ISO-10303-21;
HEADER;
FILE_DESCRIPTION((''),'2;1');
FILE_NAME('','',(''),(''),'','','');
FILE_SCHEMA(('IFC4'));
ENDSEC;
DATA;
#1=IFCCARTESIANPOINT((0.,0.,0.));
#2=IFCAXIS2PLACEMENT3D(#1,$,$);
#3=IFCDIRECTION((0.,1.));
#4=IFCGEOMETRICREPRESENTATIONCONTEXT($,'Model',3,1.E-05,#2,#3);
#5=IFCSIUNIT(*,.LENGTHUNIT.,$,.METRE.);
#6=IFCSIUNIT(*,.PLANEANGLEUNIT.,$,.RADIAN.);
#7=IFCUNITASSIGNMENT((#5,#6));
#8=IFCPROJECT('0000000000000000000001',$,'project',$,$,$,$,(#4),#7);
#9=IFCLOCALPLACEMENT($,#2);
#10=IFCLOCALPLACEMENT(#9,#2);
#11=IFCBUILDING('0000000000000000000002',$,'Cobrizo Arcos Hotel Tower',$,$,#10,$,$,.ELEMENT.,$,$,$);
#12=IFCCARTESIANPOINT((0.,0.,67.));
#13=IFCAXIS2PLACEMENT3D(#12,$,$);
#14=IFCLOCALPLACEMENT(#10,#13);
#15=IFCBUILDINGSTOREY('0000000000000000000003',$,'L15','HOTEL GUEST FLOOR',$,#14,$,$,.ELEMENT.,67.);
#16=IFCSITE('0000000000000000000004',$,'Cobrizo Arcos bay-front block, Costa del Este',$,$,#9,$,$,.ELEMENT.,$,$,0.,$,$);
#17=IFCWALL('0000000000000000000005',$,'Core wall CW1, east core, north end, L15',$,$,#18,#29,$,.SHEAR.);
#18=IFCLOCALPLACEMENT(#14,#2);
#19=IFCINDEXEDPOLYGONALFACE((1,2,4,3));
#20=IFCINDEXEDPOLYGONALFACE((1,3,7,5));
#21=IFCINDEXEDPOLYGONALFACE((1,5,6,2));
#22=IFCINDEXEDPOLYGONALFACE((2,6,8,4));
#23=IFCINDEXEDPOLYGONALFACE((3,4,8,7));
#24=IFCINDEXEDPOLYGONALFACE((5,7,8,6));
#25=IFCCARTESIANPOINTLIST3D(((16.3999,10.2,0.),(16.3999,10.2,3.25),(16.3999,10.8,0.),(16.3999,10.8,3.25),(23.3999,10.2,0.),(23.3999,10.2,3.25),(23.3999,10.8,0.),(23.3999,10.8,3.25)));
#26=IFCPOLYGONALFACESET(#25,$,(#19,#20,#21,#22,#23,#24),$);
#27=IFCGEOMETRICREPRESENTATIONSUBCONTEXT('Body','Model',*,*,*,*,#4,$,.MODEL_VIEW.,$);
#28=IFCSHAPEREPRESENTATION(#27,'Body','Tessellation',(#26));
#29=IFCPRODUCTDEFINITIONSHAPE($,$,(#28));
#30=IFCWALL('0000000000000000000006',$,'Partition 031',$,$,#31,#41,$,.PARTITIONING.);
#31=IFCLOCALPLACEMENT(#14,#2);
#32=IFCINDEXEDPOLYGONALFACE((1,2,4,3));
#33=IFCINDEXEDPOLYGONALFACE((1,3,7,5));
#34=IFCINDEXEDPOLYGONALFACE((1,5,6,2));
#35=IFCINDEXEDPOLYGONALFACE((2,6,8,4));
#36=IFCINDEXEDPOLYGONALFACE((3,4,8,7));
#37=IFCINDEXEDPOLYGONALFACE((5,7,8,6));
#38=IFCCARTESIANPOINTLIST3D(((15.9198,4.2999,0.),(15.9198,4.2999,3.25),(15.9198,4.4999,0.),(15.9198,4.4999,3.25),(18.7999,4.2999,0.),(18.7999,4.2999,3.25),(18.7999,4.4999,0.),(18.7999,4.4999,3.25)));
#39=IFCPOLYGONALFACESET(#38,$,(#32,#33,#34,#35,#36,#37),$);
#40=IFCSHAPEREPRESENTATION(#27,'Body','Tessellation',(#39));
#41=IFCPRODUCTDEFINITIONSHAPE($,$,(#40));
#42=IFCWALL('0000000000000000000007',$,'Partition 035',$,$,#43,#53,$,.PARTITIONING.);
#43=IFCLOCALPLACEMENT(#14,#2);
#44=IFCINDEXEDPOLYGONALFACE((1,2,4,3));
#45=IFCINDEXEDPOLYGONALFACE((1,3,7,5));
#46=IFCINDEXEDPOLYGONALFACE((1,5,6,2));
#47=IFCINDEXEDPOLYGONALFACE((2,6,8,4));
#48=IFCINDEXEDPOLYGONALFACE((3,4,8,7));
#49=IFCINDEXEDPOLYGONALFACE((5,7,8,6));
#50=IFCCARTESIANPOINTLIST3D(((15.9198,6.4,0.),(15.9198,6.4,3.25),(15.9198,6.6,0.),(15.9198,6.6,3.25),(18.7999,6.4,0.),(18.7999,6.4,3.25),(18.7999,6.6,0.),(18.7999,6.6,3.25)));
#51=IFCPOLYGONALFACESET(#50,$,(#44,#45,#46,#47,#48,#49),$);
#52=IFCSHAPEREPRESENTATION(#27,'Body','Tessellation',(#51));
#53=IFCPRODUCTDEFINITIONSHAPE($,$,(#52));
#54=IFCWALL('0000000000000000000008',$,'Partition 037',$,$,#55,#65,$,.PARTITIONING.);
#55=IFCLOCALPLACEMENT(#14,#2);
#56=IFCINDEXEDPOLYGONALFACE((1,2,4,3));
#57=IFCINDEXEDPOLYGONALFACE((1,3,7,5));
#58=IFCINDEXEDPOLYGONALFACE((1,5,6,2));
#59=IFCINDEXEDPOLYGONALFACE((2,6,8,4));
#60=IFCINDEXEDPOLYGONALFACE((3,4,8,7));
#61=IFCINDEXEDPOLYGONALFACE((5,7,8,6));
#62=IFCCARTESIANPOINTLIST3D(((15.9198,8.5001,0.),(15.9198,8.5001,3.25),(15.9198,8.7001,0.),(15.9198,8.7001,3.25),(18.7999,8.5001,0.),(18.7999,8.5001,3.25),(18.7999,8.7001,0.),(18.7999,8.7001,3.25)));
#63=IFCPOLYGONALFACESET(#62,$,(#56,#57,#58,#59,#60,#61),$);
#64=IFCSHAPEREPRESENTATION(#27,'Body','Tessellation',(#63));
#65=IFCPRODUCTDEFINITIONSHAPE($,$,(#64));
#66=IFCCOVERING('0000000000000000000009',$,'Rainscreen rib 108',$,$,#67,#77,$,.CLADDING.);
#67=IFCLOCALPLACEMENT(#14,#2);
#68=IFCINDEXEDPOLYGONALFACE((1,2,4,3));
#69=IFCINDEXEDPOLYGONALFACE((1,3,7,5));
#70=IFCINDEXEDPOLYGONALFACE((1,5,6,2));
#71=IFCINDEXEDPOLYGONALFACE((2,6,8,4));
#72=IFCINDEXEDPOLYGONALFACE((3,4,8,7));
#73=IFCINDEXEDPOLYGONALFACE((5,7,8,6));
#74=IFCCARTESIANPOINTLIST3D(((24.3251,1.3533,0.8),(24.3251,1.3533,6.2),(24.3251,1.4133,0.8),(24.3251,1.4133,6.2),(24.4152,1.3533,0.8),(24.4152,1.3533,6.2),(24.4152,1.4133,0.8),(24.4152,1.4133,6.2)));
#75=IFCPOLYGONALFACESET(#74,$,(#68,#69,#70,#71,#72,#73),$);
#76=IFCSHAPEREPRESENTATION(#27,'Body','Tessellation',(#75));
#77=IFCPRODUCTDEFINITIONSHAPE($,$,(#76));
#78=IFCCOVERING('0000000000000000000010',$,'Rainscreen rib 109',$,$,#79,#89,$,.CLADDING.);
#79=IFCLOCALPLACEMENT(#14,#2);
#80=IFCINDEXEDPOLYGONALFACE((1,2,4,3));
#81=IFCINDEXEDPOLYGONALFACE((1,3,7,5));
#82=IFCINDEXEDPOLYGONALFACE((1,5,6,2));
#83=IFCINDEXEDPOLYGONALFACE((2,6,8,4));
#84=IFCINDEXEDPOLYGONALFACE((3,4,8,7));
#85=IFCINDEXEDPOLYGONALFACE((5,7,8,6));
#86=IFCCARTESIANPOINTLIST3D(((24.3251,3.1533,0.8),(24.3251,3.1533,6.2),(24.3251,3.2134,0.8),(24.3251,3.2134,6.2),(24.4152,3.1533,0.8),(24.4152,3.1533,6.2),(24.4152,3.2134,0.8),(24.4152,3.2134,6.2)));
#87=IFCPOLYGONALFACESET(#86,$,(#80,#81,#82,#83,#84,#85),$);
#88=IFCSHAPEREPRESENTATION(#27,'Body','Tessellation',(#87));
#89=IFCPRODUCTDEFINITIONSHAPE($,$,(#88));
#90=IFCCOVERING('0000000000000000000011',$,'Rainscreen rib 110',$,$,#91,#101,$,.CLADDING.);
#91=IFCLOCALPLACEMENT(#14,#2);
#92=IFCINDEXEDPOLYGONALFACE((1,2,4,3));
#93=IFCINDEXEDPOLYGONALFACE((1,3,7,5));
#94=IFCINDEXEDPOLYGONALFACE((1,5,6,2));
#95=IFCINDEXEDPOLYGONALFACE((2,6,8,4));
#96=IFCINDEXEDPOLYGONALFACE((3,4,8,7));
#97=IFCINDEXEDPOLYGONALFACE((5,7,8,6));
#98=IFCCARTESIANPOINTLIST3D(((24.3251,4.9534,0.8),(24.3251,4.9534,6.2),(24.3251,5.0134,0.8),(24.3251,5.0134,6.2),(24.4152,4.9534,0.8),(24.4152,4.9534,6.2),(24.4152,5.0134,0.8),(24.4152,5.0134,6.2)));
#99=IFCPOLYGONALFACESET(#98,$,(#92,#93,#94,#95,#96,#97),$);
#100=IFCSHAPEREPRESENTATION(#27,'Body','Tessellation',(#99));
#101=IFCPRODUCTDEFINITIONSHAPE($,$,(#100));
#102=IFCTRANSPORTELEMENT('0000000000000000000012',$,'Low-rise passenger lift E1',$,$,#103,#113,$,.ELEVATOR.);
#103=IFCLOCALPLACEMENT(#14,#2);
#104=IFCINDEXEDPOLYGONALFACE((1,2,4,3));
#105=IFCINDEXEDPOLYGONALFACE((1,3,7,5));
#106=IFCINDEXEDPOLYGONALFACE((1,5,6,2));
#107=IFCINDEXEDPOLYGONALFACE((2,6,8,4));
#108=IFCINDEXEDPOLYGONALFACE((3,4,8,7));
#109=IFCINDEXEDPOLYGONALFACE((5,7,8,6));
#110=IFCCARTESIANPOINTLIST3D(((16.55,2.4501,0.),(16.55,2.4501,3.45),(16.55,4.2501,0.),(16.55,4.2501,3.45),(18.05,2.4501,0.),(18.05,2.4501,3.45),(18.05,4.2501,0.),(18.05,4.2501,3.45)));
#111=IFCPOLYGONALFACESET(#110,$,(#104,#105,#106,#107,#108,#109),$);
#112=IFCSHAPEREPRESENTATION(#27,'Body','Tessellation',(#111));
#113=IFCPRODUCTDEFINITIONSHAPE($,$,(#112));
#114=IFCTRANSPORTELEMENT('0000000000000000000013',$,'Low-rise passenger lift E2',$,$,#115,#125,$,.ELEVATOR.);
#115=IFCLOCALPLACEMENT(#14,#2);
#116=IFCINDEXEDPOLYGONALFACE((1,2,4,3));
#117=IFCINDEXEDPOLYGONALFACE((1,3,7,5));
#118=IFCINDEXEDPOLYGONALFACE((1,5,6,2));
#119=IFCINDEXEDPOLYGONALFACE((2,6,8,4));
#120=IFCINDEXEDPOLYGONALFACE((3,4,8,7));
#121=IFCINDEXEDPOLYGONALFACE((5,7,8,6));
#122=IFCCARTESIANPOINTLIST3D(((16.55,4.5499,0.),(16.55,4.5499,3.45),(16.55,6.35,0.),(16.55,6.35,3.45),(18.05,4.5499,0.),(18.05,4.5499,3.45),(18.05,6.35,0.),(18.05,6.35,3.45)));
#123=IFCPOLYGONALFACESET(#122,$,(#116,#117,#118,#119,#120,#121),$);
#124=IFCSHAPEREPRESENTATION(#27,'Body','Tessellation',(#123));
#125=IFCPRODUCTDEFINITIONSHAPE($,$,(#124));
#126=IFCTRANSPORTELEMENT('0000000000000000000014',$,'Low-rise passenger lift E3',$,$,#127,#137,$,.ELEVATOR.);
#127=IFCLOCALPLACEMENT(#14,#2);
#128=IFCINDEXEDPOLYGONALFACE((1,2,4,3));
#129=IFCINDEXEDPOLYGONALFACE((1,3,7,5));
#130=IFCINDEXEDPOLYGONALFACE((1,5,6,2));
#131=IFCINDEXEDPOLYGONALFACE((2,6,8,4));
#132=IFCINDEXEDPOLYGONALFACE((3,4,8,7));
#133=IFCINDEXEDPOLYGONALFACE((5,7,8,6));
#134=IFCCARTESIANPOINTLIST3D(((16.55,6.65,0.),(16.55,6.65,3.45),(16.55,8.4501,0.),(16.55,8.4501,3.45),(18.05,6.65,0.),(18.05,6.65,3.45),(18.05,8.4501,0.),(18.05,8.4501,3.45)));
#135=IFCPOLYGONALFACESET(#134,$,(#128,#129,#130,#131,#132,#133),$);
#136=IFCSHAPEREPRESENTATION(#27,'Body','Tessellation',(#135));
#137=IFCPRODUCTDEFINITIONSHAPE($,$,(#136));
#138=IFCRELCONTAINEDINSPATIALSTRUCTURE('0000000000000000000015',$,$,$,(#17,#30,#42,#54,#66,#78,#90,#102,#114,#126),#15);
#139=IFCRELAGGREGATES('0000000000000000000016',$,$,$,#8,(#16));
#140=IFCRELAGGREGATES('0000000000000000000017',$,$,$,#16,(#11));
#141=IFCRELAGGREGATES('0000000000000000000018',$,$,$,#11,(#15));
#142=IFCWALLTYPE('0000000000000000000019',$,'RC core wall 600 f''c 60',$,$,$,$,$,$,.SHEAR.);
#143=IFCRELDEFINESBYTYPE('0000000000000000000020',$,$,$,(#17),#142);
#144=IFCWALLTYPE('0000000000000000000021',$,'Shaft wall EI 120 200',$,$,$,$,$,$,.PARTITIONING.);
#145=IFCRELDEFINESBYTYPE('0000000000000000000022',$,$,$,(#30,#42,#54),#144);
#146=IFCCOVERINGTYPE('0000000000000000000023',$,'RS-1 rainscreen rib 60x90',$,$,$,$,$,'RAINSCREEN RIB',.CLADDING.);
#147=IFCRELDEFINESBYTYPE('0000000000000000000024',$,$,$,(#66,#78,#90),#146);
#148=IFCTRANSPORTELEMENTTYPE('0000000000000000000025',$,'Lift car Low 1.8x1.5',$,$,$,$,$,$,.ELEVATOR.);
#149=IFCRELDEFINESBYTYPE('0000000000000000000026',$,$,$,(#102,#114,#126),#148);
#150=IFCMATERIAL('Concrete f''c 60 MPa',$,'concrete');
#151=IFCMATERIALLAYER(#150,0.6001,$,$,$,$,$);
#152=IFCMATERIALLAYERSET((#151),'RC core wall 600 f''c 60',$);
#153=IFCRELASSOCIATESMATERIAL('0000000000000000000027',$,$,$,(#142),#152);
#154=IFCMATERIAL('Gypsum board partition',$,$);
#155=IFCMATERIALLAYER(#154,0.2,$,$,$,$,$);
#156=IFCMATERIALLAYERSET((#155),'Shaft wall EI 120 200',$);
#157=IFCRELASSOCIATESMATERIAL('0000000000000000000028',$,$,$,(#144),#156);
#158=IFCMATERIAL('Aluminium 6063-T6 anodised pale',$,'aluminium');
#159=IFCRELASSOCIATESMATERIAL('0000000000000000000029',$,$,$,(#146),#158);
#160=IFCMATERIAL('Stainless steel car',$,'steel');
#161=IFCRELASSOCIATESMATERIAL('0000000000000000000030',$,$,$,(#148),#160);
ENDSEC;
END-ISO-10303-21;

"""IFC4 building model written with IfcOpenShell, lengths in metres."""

from ifc_helpers import new_model, si_unit, direction, frame, frame_2d, origin, origin_2d, place, context, subcontext, project, spatial, rectangle, extrude, material, layer, layer_set, type_object, element, save


model = new_model("IFC4")

# Units and contexts
model_context = context("Model", 3, precision=1e-05, world=origin(), true_north=direction((0.0, 1.0)))
body_context = subcontext(model_context, "Body", "Model", "MODEL_VIEW")
ifc_project = project(units=[si_unit("LENGTHUNIT", "METRE"), si_unit("PLANEANGLEUNIT", "RADIAN")], contexts=[model_context])

# Site, building, storey
site_placement = place(None, origin())
site = spatial("IfcSite", under=ifc_project, at=site_placement, Name="Cobrizo Arcos bay-front block, Costa del Este", CompositionType="ELEMENT", RefElevation=0.0)
building_placement = place(site_placement, origin())
building = spatial("IfcBuilding", under=site, at=building_placement, Name="Cobrizo Arcos Hotel Tower", CompositionType="ELEMENT")
storey_placement = place(building_placement, frame((0.0, 0.0, 67.0)))
storey = spatial("IfcBuildingStorey", under=building, at=storey_placement, Name="L15", Description="HOTEL GUEST FLOOR", CompositionType="ELEMENT", Elevation=67.0)

# Shared definitions
ifc_material_1 = material(Name="Gypsum board partition")

# Walls
ifc_material_2 = material(Name="Concrete f'c 60 MPa", Category="concrete")
ifc_layer_1 = layer(ifc_material_2, 0.6001)
ifc_layer_set_1 = layer_set([ifc_layer_1], Name="RC core wall 600 f'c 60")
wall_type_1 = type_object("IfcWallType", Name="RC core wall 600 f'c 60", PredefinedType="SHEAR", material=ifc_layer_set_1)
wall_1_placement = place(storey_placement, frame((16.3999, 10.5, 0.0), z_axis=(0.0, 0.0, 1.0), x_axis=(1.0, 0.0, 0.0)))
element("IfcWall", 1, at=wall_1_placement, inside=storey, type_object=wall_type_1, Name="Core wall CW1, east core, north end, L15", PredefinedType="SHEAR", context=body_context, shape_type="SweptSolid", body=[
    extrude(rectangle(XDim=7.0, YDim=0.6001, at=frame_2d((3.5, 0.0))), origin(), (0.0, 0.0, 1.0), 3.25),
])
ifc_layer_2 = layer(ifc_material_1, 0.2)
ifc_layer_set_2 = layer_set([ifc_layer_2], Name="Shaft wall EI 120 200")
wall_type_2 = type_object("IfcWallType", Name="Shaft wall EI 120 200", PredefinedType="PARTITIONING", material=ifc_layer_set_2)
for number, where, z_axis, x_axis, name in (
    (2, (15.9199, 4.3999, 0.0), (0.0, 0.0, 1.0), (1.0, 0.0, 0.0), "Partition 031"),
    (3, (15.9199, 6.5, 0.0), (0.0, 0.0, 1.0), (1.0, 0.0, 0.0), "Partition 035"),
    (4, (15.9199, 8.6001, 0.0), (0.0, 0.0, 1.0), (1.0, 0.0, 0.0), "Partition 037"),
):
    element("IfcWall", number, at=place(storey_placement, frame(where, z_axis=z_axis, x_axis=x_axis)), inside=storey, type_object=wall_type_2, Name=name, PredefinedType="PARTITIONING", context=body_context, shape_type="SweptSolid", body=[
        extrude(rectangle(XDim=2.8801, YDim=0.2, at=frame_2d((1.4399, 0.0))), origin(), (0.0, 0.0, 1.0), 3.25),
    ])

# Coverings
ifc_material_3 = material(Name="Aluminium 6063-T6 anodised pale", Category="aluminium")
covering_type = type_object("IfcCoveringType", Name="RS-1 rainscreen rib 60x90", ElementType="RAINSCREEN RIB", PredefinedType="CLADDING", material=ifc_material_3)
for number, where, z_axis, x_axis, name in (
    (5, (24.3701, 1.3833, 0.8), (0.0, 0.0, 1.0), (0.0, 1.0, 0.0), "Rainscreen rib 108"),
    (6, (24.3701, 3.1833, 0.8), (0.0, 0.0, 1.0), (0.0, 1.0, 0.0), "Rainscreen rib 109"),
    (7, (24.3701, 4.9834, 0.8), (0.0, 0.0, 1.0), (0.0, 1.0, 0.0), "Rainscreen rib 110"),
):
    element("IfcCovering", number, at=place(storey_placement, frame(where, z_axis=z_axis, x_axis=x_axis)), inside=storey, type_object=covering_type, Name=name, PredefinedType="CLADDING", context=body_context, shape_type="SweptSolid", body=[
        extrude(rectangle(XDim=0.0601, YDim=0.0901, at=origin_2d()), origin(), (0.0, 0.0, 1.0), 5.3999),
    ])

# Transport elements
ifc_material_4 = material(Name="Stainless steel car", Category="steel")
transport_element_type = type_object("IfcTransportElementType", Name="Lift car Low 1.8x1.5", PredefinedType="ELEVATOR", material=ifc_material_4)
for number, where, z_axis, x_axis, name in (
    (8, (17.3, 3.3501, 0.0), (0.0, 0.0, 1.0), (1.0, 0.0, 0.0), "Low-rise passenger lift E1"),
    (9, (17.3, 5.45, 0.0), (0.0, 0.0, 1.0), (1.0, 0.0, 0.0), "Low-rise passenger lift E2"),
    (10, (17.3, 7.55, 0.0), (0.0, 0.0, 1.0), (1.0, 0.0, 0.0), "Low-rise passenger lift E3"),
):
    element("IfcTransportElement", number, at=place(storey_placement, frame(where, z_axis=z_axis, x_axis=x_axis)), inside=storey, type_object=transport_element_type, Name=name, PredefinedType="ELEVATOR", context=body_context, shape_type="SweptSolid", body=[
        extrude(rectangle(XDim=1.5, YDim=1.8, at=origin_2d()), origin(), (0.0, 0.0, 1.0), 3.45),
    ])

save(model, "model.ifc")
